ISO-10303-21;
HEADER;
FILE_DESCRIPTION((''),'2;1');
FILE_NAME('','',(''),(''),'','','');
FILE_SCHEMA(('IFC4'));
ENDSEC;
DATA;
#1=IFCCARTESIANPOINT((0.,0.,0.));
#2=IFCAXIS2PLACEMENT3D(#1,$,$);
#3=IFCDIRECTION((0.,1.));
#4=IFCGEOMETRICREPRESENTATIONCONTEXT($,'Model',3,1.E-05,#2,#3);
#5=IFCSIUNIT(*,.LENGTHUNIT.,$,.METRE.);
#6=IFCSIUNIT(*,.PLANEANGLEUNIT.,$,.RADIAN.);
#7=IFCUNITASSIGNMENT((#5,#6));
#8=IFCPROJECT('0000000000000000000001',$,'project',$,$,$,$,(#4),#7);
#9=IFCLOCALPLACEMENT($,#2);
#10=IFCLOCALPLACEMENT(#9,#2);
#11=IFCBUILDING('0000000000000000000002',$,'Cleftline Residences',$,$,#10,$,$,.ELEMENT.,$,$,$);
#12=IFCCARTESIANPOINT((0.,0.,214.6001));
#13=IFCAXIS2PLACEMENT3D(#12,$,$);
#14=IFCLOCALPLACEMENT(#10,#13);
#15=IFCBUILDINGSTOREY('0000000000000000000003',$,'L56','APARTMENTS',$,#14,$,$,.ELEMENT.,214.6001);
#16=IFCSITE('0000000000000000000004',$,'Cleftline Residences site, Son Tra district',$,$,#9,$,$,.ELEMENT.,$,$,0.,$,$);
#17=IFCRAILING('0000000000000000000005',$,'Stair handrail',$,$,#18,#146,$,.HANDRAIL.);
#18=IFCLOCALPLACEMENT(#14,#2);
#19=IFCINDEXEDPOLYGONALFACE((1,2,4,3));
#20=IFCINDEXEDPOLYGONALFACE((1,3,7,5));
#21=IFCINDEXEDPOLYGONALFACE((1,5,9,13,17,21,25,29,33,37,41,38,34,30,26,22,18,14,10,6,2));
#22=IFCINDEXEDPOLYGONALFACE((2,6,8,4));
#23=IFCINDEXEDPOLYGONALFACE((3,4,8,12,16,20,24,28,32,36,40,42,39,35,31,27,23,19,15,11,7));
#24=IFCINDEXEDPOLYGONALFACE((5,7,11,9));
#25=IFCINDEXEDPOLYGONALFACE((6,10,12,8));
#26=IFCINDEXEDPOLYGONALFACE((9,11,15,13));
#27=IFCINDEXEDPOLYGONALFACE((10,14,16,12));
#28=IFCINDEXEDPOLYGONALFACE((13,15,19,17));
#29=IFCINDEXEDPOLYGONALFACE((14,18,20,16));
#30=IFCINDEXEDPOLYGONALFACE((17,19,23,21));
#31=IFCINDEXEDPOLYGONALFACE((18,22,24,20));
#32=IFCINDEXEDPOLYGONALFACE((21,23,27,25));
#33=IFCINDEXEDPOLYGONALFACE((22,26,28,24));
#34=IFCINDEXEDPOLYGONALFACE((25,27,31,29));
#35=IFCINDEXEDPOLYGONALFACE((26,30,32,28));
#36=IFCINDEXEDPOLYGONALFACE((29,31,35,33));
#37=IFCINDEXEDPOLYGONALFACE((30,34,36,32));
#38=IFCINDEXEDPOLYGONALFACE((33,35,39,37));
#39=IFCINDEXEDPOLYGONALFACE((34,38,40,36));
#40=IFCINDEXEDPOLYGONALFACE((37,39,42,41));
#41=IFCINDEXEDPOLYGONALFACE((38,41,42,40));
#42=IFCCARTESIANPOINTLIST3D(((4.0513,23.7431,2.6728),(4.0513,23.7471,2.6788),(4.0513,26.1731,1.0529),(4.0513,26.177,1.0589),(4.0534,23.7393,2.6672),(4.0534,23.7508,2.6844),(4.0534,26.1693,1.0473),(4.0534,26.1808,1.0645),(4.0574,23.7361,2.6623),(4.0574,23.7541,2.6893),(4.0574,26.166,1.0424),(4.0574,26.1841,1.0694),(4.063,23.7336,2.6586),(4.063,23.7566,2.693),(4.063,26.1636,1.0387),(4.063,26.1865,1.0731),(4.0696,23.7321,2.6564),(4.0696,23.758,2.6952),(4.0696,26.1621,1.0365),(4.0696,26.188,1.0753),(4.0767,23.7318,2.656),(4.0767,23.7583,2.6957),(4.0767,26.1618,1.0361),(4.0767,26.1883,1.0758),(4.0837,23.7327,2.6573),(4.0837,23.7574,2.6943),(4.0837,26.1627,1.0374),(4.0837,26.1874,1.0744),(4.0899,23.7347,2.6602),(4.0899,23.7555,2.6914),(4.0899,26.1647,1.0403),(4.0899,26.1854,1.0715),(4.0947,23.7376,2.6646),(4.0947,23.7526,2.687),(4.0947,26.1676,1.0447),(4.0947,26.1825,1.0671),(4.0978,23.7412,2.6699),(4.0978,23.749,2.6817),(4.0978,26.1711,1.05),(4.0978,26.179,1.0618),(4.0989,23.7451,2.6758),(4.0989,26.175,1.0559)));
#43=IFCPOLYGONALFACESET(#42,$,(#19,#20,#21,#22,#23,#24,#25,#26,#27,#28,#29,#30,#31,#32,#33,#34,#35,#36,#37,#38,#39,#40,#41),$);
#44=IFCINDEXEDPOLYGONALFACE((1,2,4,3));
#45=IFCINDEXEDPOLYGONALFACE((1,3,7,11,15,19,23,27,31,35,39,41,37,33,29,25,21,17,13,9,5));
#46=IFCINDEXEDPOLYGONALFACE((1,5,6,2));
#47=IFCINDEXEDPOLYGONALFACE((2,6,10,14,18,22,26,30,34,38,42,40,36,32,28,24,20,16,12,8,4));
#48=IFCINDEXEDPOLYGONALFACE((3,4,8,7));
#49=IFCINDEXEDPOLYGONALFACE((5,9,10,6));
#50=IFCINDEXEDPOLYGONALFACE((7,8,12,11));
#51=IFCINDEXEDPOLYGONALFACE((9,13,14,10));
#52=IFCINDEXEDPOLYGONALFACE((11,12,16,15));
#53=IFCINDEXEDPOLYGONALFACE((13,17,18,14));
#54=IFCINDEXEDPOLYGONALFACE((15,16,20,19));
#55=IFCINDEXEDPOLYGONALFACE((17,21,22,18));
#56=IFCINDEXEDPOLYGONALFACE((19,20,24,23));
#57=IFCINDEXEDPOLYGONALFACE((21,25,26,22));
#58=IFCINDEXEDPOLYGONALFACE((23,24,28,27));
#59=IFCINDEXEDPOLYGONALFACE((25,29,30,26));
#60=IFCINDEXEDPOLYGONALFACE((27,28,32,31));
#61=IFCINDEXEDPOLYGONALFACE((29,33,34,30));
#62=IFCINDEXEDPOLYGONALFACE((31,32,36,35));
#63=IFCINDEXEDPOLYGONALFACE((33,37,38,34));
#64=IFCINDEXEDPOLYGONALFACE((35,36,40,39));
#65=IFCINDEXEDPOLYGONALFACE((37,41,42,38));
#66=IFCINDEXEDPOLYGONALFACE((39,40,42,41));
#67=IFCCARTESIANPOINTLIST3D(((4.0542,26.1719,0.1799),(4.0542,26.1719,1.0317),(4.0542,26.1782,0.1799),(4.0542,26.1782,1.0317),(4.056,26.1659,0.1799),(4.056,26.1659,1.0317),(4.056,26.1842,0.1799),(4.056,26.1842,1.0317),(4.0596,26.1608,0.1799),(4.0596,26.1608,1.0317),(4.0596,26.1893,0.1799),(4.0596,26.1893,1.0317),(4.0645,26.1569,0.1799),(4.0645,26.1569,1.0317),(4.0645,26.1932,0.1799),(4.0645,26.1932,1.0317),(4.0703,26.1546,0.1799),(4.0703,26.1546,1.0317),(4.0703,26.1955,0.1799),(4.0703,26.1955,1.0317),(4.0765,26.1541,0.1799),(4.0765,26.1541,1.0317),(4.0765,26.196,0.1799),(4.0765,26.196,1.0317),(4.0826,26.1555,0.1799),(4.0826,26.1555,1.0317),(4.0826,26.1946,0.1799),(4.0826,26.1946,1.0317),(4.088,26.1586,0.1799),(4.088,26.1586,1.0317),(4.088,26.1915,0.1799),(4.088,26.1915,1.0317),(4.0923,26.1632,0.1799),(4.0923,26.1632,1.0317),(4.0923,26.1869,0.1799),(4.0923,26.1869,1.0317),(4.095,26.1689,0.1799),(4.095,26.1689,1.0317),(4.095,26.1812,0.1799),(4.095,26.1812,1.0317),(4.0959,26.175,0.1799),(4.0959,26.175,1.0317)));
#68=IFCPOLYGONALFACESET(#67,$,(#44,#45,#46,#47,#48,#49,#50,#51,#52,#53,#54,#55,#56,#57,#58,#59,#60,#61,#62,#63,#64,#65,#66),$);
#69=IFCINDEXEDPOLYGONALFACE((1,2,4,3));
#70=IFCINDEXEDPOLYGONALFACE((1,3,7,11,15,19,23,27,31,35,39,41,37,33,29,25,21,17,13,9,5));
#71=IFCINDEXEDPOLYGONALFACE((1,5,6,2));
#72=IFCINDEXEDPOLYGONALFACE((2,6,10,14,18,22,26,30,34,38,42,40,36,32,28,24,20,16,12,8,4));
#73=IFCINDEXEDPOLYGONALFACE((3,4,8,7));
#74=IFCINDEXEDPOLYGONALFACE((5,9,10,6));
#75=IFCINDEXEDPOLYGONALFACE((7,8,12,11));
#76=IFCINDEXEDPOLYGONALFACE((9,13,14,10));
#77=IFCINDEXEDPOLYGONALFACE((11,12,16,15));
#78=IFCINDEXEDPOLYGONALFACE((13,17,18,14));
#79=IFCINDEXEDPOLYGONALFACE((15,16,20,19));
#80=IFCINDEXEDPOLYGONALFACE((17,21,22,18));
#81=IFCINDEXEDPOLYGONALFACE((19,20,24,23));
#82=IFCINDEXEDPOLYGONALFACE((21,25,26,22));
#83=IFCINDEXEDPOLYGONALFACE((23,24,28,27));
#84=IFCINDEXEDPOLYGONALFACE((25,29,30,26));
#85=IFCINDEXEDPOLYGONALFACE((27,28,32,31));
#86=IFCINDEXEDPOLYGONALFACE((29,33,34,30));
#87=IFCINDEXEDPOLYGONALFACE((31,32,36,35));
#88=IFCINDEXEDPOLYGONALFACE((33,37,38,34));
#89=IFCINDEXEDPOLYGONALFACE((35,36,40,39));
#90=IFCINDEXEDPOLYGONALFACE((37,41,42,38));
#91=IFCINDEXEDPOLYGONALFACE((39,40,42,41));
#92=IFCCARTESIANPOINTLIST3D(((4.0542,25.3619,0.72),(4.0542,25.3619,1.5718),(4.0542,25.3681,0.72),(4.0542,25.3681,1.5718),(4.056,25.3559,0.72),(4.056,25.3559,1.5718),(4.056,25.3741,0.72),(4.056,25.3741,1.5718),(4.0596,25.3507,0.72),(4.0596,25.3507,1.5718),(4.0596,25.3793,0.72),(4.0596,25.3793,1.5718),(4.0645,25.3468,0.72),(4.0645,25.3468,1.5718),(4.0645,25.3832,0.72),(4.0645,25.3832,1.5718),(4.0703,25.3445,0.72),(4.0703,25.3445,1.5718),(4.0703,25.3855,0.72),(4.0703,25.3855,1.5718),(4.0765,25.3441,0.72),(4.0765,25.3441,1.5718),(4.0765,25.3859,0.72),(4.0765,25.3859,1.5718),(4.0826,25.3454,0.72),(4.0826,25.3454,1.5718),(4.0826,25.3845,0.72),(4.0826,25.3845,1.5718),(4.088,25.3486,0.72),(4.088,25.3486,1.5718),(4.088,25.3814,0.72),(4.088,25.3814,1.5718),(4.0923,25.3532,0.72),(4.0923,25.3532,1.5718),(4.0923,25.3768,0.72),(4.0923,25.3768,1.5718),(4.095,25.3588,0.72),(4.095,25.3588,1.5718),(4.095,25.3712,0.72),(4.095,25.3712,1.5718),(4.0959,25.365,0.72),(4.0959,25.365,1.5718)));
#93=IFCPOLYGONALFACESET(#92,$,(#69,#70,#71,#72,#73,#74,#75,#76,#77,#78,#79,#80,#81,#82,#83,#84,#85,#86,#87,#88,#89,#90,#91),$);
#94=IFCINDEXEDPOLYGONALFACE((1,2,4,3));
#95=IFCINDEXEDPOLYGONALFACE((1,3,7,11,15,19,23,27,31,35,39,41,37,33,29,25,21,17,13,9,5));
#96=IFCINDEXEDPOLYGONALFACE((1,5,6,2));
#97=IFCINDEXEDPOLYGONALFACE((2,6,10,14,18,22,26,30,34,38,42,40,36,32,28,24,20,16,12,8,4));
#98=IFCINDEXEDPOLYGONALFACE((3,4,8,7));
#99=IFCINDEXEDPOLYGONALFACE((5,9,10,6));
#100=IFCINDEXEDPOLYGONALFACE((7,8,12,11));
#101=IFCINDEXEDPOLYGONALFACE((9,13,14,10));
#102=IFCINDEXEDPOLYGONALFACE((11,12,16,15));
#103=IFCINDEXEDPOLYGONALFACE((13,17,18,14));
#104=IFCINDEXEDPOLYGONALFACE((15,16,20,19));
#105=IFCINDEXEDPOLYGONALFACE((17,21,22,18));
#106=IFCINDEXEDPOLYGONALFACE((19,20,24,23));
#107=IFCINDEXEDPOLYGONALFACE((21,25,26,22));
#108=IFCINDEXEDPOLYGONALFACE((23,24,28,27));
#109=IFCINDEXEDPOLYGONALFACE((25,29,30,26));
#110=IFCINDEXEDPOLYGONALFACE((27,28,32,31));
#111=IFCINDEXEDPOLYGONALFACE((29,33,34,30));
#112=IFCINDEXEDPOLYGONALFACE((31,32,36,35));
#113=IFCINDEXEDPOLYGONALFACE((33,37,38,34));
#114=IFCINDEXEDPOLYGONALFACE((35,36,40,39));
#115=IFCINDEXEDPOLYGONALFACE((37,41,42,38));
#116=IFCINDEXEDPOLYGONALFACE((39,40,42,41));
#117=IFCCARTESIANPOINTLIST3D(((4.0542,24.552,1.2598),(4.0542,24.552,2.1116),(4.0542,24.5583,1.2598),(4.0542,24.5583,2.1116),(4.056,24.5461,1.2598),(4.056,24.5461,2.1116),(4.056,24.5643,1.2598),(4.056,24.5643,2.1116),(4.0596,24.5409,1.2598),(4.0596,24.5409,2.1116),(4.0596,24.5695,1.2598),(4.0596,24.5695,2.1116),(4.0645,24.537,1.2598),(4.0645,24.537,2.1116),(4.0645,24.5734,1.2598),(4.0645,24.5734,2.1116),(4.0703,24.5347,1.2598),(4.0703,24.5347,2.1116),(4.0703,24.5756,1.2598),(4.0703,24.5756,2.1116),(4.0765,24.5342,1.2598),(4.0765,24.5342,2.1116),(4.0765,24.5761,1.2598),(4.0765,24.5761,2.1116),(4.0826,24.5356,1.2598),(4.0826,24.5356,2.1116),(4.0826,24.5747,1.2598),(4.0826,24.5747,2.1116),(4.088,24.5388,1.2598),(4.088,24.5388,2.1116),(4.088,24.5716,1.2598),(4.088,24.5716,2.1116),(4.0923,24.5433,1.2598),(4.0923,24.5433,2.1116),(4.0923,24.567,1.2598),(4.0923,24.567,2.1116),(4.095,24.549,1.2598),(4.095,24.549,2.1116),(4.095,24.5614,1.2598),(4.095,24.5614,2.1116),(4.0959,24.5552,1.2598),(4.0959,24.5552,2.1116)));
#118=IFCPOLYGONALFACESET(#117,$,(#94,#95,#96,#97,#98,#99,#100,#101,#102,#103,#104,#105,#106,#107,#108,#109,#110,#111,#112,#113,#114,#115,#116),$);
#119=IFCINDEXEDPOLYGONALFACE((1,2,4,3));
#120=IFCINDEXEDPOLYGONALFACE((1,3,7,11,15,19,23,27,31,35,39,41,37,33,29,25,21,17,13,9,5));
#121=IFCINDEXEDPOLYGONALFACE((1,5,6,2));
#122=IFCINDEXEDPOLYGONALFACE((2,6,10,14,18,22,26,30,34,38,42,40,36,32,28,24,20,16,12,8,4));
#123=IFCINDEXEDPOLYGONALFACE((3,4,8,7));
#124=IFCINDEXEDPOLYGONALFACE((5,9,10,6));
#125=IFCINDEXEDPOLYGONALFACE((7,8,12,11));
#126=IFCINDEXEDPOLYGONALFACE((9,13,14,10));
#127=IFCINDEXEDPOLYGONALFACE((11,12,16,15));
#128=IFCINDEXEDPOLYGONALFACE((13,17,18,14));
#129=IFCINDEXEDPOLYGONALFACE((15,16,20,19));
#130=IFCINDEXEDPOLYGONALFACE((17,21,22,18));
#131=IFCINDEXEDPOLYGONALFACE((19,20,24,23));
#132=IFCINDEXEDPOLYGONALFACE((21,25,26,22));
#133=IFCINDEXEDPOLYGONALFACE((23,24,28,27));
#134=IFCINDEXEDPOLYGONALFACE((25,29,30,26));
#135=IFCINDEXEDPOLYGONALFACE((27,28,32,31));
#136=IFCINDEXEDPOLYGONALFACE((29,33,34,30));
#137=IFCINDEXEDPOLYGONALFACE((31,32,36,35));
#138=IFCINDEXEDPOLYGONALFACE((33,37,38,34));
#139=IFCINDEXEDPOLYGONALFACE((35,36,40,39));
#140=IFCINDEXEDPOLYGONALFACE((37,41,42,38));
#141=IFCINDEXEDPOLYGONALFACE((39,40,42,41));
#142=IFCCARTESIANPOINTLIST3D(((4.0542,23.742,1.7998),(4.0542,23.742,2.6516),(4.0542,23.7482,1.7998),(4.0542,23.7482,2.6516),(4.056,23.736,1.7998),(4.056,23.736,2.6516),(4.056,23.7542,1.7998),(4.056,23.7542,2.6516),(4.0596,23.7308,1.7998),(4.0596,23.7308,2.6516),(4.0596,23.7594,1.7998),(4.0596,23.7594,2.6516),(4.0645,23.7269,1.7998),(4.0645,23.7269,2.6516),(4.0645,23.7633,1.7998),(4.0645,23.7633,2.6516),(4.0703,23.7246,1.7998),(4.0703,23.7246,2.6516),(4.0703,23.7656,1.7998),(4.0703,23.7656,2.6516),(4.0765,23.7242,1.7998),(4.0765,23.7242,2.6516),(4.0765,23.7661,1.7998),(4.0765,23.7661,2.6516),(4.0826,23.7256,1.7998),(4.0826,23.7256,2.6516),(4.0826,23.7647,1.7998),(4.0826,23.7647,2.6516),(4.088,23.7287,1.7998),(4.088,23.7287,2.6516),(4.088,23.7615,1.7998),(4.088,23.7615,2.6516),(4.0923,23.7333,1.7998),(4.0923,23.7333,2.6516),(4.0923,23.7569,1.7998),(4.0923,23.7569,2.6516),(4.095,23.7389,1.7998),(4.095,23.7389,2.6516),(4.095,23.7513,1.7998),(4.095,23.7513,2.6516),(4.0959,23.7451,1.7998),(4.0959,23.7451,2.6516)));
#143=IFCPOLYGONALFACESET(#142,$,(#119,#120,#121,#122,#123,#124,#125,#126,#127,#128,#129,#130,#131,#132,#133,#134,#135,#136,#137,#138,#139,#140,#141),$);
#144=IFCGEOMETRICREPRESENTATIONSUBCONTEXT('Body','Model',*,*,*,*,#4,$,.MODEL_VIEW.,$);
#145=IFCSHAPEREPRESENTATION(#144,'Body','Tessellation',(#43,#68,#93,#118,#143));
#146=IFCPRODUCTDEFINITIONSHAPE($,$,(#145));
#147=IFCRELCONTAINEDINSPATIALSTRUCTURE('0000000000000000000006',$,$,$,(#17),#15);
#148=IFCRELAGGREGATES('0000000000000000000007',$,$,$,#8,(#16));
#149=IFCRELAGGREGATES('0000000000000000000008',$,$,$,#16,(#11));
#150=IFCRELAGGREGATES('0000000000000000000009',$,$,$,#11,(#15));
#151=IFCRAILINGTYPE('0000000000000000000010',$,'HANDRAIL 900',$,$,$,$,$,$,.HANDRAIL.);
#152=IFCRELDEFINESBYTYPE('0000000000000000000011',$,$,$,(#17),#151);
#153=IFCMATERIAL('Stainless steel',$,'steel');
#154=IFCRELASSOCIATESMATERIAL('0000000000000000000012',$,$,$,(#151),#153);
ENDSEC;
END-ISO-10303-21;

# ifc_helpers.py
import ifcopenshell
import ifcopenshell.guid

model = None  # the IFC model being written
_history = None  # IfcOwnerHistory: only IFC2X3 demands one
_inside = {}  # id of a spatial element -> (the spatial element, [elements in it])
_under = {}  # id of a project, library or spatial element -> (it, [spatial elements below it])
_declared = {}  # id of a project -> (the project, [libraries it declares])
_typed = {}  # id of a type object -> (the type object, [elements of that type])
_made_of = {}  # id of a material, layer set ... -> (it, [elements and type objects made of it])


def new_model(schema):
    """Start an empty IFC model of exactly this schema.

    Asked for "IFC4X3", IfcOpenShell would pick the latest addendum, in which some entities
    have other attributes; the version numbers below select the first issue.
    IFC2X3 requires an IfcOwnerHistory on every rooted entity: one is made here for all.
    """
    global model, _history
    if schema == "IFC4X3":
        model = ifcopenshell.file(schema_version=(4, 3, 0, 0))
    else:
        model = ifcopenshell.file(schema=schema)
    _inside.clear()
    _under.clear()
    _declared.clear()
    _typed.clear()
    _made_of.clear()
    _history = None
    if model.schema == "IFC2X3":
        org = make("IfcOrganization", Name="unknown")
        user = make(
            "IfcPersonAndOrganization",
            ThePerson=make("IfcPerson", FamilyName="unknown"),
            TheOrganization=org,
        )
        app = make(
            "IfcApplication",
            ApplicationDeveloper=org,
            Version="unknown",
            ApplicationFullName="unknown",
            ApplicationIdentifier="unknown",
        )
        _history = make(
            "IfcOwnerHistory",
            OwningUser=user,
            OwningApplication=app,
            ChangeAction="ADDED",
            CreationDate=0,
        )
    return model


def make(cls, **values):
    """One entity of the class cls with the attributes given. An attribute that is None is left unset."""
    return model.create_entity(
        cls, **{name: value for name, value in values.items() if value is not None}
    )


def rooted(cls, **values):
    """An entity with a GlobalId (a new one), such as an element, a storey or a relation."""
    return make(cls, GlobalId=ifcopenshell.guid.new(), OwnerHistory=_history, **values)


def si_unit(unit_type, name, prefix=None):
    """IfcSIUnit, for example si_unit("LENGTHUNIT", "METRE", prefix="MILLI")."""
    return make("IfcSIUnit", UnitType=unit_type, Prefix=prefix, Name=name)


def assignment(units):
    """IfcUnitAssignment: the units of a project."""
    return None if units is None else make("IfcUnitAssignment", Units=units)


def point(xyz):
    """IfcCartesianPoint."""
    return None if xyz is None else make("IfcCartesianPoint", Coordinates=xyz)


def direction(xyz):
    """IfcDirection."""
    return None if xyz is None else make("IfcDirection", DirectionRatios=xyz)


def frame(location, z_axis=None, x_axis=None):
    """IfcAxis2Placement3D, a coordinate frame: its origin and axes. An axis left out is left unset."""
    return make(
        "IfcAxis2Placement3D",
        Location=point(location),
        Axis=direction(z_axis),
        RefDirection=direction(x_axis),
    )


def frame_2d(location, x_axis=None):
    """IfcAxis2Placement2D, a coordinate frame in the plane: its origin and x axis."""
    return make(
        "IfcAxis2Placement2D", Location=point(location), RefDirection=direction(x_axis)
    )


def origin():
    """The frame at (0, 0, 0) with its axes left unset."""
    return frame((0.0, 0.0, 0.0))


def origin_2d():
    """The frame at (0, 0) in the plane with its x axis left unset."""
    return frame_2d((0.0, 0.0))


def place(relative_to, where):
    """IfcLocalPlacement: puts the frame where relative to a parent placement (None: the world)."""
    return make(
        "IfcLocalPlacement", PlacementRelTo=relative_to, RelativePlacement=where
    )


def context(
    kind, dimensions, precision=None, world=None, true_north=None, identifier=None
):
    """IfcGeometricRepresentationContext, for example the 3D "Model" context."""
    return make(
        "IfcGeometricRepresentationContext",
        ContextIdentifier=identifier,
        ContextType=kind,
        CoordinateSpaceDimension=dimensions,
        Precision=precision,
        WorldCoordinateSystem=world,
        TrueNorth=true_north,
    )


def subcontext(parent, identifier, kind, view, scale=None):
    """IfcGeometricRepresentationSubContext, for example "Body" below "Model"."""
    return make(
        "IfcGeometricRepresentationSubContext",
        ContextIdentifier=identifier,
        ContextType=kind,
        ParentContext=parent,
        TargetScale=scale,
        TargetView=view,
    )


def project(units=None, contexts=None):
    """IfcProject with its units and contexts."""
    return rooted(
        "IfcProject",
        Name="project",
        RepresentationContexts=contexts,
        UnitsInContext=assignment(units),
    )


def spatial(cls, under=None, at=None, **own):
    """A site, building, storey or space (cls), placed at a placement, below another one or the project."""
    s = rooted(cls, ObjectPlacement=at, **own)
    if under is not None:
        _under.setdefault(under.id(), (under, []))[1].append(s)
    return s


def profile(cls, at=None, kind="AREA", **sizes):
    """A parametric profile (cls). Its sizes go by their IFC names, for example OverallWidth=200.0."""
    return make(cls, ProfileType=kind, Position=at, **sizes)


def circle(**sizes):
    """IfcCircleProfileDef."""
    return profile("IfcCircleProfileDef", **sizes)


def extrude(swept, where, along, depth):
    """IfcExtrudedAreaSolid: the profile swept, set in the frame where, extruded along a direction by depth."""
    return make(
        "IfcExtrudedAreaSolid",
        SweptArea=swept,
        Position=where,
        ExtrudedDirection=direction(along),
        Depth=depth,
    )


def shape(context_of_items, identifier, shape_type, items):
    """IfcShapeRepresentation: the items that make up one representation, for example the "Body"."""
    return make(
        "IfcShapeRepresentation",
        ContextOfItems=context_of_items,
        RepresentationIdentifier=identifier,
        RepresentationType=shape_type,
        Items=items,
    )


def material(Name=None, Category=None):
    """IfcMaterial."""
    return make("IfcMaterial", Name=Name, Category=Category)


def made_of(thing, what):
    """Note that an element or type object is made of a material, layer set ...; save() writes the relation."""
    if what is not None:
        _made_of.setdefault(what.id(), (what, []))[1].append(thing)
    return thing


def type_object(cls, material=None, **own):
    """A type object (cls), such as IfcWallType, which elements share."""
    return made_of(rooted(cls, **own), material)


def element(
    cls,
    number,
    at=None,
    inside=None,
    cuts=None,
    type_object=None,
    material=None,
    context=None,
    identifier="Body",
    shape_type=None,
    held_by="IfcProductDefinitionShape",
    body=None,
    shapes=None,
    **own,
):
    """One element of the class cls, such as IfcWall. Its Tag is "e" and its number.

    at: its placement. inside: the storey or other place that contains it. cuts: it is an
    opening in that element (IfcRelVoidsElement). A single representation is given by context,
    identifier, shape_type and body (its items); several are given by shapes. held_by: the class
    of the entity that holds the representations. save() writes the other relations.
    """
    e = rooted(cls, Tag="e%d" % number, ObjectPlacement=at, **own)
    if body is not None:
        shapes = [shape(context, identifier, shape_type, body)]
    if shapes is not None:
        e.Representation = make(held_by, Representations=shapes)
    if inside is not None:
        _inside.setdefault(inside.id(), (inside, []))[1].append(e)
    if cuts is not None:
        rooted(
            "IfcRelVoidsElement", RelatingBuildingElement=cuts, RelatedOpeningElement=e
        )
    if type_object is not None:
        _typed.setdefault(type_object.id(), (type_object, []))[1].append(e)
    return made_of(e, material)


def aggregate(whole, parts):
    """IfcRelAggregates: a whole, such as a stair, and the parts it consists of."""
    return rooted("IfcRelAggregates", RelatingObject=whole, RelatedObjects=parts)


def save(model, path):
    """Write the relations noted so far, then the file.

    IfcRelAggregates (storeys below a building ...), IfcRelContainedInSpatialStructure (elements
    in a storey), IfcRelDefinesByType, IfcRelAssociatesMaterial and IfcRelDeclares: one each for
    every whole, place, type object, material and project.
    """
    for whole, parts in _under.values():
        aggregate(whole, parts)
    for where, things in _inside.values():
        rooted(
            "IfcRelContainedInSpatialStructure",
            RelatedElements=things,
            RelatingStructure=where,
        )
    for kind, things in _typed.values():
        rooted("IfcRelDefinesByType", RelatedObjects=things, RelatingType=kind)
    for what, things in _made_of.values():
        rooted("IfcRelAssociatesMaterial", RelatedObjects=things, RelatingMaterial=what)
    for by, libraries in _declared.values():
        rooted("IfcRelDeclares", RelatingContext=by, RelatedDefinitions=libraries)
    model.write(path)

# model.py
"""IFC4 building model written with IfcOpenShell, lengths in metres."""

from ifc_helpers import new_model, si_unit, direction, frame, origin, origin_2d, place, context, subcontext, project, spatial, circle, extrude, material, type_object, element, save


model = new_model("IFC4")

# Units and contexts
model_context = context("Model", 3, precision=1e-05, world=origin(), true_north=direction((0.0, 1.0)))
body_context = subcontext(model_context, "Body", "Model", "MODEL_VIEW")
ifc_project = project(units=[si_unit("LENGTHUNIT", "METRE"), si_unit("PLANEANGLEUNIT", "RADIAN")], contexts=[model_context])

# Site, building, storey
site_placement = place(None, origin())
site = spatial("IfcSite", under=ifc_project, at=site_placement, Name="Cleftline Residences site, Son Tra district", CompositionType="ELEMENT", RefElevation=0.0)
building_placement = place(site_placement, origin())
building = spatial("IfcBuilding", under=site, at=building_placement, Name="Cleftline Residences", CompositionType="ELEMENT")
storey_placement = place(building_placement, frame((0.0, 0.0, 214.6001)))
storey = spatial("IfcBuildingStorey", under=building, at=storey_placement, Name="L56", Description="APARTMENTS", CompositionType="ELEMENT", Elevation=214.6001)

# Railing
ifc_material_1 = material(Name="Stainless steel", Category="steel")
railing_type = type_object("IfcRailingType", Name="HANDRAIL 900", PredefinedType="HANDRAIL", material=ifc_material_1)
railing_1_placement = place(storey_placement, frame((4.075, 26.175, 0.1799)))
element("IfcRailing", 1, at=railing_1_placement, inside=storey, type_object=railing_type, Name="Stair handrail", PredefinedType="HANDRAIL", context=body_context, shape_type="SweptSolid", body=[
    extrude(circle(Radius=0.0239, at=origin_2d()), frame((0.0, 0.0, 0.876), z_axis=(0.0, -0.832063, 0.554681), x_axis=(1.0, 0.0, 0.0)), (0.0, 0.0, 1.0), 2.9204),
    extrude(circle(Radius=0.021, at=origin_2d()), origin(), (0.0, 0.0, 1.0), 0.8518),
    extrude(circle(Radius=0.021, at=origin_2d()), frame((0.0, -0.8101, 0.54)), (0.0, 0.0, 1.0), 0.8518),
    extrude(circle(Radius=0.021, at=origin_2d()), frame((0.0, -1.6199, 1.0798)), (0.0, 0.0, 1.0), 0.8518),
    extrude(circle(Radius=0.021, at=origin_2d()), frame((0.0, -2.4299, 1.6199)), (0.0, 0.0, 1.0), 0.8518),
])

save(model, "model.ifc")
